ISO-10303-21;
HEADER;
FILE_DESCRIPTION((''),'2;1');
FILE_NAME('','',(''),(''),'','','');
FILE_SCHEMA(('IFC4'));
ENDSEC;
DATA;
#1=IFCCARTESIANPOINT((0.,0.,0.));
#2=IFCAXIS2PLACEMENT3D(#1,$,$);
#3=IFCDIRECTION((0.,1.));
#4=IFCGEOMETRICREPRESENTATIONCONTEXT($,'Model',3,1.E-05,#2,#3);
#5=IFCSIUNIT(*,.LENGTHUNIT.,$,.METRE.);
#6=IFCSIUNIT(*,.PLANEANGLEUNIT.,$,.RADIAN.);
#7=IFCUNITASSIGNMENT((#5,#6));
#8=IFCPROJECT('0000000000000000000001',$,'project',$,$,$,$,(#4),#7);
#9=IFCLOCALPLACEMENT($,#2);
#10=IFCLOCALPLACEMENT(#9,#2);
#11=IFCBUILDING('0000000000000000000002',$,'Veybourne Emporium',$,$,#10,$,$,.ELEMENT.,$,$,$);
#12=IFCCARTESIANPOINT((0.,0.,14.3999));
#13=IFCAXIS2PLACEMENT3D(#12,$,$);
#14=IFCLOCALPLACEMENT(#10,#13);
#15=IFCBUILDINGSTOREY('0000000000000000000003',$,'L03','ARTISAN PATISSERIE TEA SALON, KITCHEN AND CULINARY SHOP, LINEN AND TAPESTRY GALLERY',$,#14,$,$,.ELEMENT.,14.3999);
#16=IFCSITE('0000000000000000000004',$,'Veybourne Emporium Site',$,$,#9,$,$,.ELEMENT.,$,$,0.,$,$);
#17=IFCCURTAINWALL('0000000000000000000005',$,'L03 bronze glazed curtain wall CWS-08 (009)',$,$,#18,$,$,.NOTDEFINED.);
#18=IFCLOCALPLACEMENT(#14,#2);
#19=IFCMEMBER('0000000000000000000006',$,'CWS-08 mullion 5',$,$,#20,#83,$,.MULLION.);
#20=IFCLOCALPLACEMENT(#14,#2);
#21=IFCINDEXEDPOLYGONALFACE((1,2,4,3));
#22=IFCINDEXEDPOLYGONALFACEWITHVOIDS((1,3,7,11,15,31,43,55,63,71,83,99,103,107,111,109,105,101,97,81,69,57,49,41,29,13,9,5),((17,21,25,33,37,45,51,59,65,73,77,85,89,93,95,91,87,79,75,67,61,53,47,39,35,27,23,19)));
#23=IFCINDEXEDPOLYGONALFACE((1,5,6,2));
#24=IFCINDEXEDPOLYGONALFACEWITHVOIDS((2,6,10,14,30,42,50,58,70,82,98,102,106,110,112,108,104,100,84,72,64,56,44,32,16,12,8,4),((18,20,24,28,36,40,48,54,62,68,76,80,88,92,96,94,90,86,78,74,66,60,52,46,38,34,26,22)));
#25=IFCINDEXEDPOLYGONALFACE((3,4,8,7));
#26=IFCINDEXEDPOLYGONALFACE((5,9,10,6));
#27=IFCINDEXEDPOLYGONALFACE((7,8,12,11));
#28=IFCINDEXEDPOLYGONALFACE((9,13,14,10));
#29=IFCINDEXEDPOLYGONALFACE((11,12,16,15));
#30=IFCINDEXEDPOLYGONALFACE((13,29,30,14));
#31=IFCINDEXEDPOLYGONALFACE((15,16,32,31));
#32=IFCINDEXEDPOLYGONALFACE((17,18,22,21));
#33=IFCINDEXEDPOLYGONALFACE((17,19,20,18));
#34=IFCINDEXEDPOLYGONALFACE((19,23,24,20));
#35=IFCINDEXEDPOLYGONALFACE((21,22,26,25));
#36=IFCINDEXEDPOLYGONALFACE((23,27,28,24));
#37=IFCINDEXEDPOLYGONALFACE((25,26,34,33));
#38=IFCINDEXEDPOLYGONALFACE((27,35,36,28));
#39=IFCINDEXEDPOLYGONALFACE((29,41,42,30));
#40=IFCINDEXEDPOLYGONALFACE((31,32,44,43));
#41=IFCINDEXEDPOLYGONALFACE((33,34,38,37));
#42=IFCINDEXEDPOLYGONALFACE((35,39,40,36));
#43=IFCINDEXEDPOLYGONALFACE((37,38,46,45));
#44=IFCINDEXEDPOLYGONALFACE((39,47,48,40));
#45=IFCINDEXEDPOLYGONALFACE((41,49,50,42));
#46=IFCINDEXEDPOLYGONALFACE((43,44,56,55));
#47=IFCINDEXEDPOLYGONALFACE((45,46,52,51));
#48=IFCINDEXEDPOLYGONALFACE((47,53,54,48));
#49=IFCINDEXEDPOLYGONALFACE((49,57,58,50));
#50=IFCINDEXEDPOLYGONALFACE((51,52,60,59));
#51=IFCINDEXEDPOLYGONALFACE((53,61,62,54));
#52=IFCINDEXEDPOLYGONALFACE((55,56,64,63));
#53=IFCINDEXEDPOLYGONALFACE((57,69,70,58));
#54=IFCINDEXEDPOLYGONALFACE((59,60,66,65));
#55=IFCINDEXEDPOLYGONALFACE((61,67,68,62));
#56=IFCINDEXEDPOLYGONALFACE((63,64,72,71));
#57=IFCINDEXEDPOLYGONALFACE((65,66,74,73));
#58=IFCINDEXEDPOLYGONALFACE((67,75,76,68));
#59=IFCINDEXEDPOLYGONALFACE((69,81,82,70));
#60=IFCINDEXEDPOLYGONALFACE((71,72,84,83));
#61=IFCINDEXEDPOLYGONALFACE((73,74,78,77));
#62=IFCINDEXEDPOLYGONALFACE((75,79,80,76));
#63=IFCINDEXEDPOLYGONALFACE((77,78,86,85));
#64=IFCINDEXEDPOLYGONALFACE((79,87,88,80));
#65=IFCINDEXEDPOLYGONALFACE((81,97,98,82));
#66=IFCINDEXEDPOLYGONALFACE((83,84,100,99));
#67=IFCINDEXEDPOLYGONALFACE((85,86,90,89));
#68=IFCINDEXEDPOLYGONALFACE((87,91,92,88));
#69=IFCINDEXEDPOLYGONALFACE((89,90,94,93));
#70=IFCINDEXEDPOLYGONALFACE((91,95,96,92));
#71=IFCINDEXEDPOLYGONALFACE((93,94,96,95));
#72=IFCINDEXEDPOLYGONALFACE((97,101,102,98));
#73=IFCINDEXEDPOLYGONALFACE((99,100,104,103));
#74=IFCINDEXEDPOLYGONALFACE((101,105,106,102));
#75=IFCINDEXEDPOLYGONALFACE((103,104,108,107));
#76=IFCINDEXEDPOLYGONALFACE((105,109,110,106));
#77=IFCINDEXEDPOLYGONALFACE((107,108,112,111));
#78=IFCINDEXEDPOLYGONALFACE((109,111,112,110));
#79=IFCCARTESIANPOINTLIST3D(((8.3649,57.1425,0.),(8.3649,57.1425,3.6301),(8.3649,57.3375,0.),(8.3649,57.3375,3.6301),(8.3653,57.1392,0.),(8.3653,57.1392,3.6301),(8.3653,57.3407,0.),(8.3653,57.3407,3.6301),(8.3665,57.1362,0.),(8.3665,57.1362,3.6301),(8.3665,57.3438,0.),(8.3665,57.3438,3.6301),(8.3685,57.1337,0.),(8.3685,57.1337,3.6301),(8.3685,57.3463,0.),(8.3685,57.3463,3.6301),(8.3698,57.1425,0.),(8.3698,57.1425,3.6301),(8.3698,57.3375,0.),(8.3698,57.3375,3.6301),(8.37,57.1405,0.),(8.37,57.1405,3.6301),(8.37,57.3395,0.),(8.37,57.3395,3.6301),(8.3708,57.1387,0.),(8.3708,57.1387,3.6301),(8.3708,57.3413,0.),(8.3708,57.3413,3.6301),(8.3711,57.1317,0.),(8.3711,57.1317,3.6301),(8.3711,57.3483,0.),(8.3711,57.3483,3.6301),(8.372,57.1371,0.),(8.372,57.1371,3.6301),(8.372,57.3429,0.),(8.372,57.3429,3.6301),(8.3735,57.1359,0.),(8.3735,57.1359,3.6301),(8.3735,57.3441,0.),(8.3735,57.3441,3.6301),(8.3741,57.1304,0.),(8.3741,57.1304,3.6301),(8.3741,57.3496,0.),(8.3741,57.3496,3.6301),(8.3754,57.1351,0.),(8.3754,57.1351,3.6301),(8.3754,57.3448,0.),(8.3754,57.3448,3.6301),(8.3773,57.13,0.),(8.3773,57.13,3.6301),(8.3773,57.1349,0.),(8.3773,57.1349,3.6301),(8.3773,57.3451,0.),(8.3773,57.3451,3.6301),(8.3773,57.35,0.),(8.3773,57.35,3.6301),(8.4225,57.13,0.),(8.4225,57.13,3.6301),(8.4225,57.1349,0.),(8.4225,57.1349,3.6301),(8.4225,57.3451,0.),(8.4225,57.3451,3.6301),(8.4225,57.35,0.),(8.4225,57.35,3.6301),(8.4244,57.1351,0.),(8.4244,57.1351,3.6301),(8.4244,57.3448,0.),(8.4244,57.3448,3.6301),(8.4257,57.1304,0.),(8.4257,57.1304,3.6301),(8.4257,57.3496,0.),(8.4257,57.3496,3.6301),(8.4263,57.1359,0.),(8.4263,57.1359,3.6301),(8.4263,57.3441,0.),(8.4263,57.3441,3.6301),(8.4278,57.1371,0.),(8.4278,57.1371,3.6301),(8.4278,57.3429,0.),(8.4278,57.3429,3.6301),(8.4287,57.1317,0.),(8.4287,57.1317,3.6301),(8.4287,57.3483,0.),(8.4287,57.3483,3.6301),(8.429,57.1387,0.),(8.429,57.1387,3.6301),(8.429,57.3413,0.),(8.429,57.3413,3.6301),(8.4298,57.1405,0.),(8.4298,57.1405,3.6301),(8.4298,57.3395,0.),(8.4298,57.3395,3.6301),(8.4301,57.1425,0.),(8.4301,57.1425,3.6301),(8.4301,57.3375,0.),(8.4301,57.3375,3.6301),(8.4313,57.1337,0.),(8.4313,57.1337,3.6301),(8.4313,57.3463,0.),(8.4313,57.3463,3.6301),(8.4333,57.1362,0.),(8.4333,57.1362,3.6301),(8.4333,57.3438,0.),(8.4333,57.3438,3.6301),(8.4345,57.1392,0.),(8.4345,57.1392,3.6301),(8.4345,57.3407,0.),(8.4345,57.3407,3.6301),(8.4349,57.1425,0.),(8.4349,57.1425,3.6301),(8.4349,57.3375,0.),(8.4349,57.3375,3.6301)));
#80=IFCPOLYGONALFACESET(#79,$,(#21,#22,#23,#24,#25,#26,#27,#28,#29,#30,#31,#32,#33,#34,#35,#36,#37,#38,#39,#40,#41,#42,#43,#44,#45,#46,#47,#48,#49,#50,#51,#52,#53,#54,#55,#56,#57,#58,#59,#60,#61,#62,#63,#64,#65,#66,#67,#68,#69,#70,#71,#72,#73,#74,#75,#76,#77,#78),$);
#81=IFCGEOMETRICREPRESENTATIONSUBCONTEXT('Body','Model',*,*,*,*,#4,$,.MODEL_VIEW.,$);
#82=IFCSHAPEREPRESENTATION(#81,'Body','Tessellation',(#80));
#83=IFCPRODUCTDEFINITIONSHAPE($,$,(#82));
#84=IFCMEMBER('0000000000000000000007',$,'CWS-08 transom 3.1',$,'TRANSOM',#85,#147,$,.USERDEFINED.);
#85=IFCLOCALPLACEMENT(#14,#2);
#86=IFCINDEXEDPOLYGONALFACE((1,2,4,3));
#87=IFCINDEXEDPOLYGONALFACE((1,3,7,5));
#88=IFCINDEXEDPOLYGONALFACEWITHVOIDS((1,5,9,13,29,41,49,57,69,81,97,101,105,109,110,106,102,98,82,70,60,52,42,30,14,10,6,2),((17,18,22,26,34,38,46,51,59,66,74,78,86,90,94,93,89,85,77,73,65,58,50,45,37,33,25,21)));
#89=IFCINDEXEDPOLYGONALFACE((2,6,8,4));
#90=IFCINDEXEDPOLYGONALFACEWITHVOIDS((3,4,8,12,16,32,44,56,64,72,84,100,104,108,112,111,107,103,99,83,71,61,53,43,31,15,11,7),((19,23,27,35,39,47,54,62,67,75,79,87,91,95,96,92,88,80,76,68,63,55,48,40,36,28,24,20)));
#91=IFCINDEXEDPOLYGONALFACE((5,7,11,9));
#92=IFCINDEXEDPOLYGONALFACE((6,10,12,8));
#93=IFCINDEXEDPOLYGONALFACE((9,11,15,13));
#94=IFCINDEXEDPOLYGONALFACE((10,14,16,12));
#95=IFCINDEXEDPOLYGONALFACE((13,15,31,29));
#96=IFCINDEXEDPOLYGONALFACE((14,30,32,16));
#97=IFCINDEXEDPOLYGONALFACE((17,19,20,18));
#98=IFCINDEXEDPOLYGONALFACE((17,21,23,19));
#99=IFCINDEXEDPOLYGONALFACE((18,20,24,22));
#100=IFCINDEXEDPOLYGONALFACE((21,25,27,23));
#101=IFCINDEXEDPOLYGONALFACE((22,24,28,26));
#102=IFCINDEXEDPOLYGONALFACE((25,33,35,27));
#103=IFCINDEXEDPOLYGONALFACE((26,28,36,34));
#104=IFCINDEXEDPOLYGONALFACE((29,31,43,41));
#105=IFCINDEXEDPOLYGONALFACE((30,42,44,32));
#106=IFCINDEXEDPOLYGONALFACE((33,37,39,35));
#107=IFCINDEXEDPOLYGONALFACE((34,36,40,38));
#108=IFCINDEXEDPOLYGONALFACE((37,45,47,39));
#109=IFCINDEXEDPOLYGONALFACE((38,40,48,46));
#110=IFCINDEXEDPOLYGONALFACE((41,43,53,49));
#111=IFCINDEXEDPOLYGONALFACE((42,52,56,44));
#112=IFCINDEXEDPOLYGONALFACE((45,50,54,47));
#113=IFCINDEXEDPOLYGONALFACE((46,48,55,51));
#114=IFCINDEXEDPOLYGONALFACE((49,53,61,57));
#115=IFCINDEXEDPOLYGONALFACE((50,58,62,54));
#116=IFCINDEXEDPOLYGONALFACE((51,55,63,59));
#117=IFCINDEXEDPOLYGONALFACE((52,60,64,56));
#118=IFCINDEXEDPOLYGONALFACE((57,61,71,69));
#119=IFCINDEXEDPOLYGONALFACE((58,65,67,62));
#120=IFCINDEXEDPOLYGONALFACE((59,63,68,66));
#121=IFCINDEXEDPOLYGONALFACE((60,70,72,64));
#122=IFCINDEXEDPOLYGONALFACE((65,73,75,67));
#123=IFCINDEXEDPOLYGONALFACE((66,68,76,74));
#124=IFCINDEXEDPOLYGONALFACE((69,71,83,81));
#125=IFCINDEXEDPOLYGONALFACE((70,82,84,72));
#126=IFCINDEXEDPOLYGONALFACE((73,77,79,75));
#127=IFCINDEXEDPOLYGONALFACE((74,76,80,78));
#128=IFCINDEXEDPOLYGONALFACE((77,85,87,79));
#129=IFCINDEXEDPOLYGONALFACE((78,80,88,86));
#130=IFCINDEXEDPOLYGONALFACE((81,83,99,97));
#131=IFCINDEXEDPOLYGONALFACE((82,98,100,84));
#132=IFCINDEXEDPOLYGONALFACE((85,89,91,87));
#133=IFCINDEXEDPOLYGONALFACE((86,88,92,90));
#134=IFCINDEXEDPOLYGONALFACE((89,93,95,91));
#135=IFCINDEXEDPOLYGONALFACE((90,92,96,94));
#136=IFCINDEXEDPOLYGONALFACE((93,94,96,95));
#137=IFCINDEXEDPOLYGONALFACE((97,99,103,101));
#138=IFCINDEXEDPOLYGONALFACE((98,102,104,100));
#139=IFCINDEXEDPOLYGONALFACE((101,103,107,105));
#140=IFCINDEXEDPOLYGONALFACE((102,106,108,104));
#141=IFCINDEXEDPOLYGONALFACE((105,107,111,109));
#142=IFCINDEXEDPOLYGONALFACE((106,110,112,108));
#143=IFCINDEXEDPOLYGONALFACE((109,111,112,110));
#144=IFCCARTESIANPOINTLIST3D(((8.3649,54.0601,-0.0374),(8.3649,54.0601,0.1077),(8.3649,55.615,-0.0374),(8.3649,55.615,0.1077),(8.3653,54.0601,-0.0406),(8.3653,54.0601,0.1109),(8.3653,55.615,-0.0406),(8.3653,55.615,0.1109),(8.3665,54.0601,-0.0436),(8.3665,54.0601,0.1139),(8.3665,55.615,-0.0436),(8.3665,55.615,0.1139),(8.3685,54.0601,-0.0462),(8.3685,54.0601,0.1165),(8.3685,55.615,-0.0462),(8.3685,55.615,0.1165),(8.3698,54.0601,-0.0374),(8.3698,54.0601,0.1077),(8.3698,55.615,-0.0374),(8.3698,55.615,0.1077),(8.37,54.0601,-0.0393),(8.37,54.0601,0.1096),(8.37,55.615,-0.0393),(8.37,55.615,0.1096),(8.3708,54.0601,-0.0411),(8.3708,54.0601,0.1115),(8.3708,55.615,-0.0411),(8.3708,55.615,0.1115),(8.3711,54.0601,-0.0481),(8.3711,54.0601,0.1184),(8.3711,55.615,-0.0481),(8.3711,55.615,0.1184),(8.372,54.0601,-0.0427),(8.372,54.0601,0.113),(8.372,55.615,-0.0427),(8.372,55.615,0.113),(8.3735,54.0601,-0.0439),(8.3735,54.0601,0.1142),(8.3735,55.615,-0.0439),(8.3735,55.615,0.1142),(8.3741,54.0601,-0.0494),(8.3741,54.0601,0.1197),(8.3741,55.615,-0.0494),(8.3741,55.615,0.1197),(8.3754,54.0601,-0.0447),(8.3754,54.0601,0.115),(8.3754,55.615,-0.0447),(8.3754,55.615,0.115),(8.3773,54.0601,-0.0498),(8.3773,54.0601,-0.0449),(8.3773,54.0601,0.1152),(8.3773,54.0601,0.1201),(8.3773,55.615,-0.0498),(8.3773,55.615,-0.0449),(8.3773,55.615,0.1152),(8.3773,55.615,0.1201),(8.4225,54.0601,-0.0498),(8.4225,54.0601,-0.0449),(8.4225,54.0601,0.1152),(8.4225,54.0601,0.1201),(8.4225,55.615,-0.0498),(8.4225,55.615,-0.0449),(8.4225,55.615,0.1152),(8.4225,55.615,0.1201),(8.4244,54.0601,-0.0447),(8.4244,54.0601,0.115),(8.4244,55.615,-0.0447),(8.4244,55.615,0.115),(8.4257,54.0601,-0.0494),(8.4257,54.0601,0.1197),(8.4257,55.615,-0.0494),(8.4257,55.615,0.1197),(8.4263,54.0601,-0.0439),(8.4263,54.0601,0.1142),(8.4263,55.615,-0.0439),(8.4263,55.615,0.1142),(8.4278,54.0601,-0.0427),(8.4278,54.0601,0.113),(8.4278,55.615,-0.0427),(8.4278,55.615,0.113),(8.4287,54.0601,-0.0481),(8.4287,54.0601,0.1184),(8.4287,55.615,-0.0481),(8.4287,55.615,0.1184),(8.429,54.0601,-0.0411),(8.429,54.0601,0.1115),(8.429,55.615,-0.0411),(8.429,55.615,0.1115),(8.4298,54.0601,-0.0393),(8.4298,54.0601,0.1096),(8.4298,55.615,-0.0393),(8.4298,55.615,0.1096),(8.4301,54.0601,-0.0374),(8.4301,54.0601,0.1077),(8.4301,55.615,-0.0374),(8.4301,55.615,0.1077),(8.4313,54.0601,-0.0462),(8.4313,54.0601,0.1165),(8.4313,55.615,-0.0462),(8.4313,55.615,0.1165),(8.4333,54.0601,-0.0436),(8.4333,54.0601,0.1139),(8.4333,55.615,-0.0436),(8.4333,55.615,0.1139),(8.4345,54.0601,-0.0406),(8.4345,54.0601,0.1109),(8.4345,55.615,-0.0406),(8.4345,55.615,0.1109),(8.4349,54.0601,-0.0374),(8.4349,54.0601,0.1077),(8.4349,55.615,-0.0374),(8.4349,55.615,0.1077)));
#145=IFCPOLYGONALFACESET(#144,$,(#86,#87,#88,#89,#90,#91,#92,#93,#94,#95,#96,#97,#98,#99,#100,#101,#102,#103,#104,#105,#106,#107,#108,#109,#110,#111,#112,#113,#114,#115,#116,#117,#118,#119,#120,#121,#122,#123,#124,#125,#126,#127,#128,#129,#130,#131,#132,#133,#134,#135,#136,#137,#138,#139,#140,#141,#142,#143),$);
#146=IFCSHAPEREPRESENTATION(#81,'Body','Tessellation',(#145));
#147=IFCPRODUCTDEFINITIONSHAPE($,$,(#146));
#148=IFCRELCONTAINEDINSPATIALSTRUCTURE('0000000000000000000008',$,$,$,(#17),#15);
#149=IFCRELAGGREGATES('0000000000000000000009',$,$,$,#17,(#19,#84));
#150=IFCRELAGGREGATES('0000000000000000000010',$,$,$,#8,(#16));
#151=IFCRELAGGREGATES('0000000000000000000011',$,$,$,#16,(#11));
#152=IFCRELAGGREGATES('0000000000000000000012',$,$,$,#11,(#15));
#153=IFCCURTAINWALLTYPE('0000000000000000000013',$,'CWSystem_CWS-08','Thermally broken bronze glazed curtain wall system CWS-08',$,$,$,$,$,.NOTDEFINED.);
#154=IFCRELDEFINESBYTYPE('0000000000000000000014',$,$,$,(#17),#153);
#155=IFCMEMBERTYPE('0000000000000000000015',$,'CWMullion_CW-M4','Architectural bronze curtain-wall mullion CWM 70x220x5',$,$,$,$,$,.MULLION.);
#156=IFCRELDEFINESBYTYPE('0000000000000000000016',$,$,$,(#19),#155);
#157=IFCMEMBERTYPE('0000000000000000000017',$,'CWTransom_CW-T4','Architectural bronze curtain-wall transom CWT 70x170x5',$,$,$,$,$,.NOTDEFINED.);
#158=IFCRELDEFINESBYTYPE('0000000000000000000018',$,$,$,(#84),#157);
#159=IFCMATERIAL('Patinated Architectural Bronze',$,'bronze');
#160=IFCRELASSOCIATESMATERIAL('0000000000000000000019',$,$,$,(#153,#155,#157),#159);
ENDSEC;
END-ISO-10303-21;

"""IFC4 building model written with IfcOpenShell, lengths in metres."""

from ifc_helpers import new_model, si_unit, direction, frame, origin, origin_2d, place, context, subcontext, project, spatial, hollow_rectangle, extrude, material, material_profile, profile_set, type_object, element, aggregate, save


model = new_model("IFC4")

# Units and contexts
model_context = context("Model", 3, precision=1e-05, world=origin(), true_north=direction((0.0, 1.0)))
body_context = subcontext(model_context, "Body", "Model", "MODEL_VIEW")
ifc_project = project(units=[si_unit("LENGTHUNIT", "METRE"), si_unit("PLANEANGLEUNIT", "RADIAN")], contexts=[model_context])

# Site, building, storey
site_placement = place(None, origin())
site = spatial("IfcSite", under=ifc_project, at=site_placement, Name="Veybourne Emporium Site", CompositionType="ELEMENT", RefElevation=0.0)
building_placement = place(site_placement, origin())
building = spatial("IfcBuilding", under=site, at=building_placement, Name="Veybourne Emporium", CompositionType="ELEMENT")
storey_placement = place(building_placement, frame((0.0, 0.0, 14.3999)))
storey = spatial("IfcBuildingStorey", under=building, at=storey_placement, Name="L03", Description="ARTISAN PATISSERIE TEA SALON, KITCHEN AND CULINARY SHOP, LINEN AND TAPESTRY GALLERY", CompositionType="ELEMENT", Elevation=14.3999)

# Curtain wall, members
ifc_material_1 = material(Name="Patinated Architectural Bronze", Category="bronze")
curtain_wall_type = type_object("IfcCurtainWallType", Name="CWSystem_CWS-08", Description="Thermally broken bronze glazed curtain wall system CWS-08", PredefinedType="NOTDEFINED", material=ifc_material_1)
curtain_wall_placement = place(storey_placement, origin())
curtain_wall = element("IfcCurtainWall", 1, at=curtain_wall_placement, inside=storey, type_object=curtain_wall_type, Name="L03 bronze glazed curtain wall CWS-08 (009)", PredefinedType="NOTDEFINED")
ifc_material_profile_1 = material_profile(ifc_material_1, hollow_rectangle(XDim=0.0701, YDim=0.22, WallThickness=0.0049, InnerFilletRadius=0.0076, OuterFilletRadius=0.0125, at=origin_2d()), Name="CWM 70x220x5")
ifc_profile_set_1 = profile_set([ifc_material_profile_1], Name="Patinated Architectural Bronze")
member_type_1 = type_object("IfcMemberType", Name="CWMullion_CW-M4", Description="Architectural bronze curtain-wall mullion CWM 70x220x5", PredefinedType="MULLION", material=ifc_profile_set_1)
member_1_placement = place(storey_placement, frame((8.3999, 57.24, 0.0), z_axis=(0.0, 0.0, 1.0), x_axis=(-1.0, 0.0, 0.0)))
member_1 = element("IfcMember", 2, at=member_1_placement, type_object=member_type_1, Name="CWS-08 mullion 5", PredefinedType="MULLION", context=body_context, shape_type="SweptSolid", body=[
    extrude(hollow_rectangle(XDim=0.0701, YDim=0.22, WallThickness=0.0049, InnerFilletRadius=0.0076, OuterFilletRadius=0.0125, at=origin_2d()), origin(), (0.0, 0.0, 1.0), 3.6301),
])
ifc_material_profile_2 = material_profile(ifc_material_1, hollow_rectangle(XDim=0.0701, YDim=0.1699, WallThickness=0.0049, InnerFilletRadius=0.0076, OuterFilletRadius=0.0125, at=origin_2d()), Name="CWT 70x170x5")
ifc_profile_set_2 = profile_set([ifc_material_profile_2], Name="Patinated Architectural Bronze")
member_type_2 = type_object("IfcMemberType", Name="CWTransom_CW-T4", Description="Architectural bronze curtain-wall transom CWT 70x170x5", PredefinedType="NOTDEFINED", material=ifc_profile_set_2)
member_2_placement = place(storey_placement, frame((8.3999, 54.0601, 0.0352), z_axis=(0.0, 1.0, 0.0), x_axis=(-1.0, 0.0, 0.0)))
member_2 = element("IfcMember", 3, at=member_2_placement, type_object=member_type_2, Name="CWS-08 transom 3.1", ObjectType="TRANSOM", PredefinedType="USERDEFINED", context=body_context, shape_type="SweptSolid", body=[
    extrude(hollow_rectangle(XDim=0.0701, YDim=0.1699, WallThickness=0.0049, InnerFilletRadius=0.0076, OuterFilletRadius=0.0125, at=origin_2d()), origin(), (0.0, 0.0, 1.0), 1.5549),
])

aggregate(curtain_wall, [member_1, member_2])

save(model, "model.ifc")
